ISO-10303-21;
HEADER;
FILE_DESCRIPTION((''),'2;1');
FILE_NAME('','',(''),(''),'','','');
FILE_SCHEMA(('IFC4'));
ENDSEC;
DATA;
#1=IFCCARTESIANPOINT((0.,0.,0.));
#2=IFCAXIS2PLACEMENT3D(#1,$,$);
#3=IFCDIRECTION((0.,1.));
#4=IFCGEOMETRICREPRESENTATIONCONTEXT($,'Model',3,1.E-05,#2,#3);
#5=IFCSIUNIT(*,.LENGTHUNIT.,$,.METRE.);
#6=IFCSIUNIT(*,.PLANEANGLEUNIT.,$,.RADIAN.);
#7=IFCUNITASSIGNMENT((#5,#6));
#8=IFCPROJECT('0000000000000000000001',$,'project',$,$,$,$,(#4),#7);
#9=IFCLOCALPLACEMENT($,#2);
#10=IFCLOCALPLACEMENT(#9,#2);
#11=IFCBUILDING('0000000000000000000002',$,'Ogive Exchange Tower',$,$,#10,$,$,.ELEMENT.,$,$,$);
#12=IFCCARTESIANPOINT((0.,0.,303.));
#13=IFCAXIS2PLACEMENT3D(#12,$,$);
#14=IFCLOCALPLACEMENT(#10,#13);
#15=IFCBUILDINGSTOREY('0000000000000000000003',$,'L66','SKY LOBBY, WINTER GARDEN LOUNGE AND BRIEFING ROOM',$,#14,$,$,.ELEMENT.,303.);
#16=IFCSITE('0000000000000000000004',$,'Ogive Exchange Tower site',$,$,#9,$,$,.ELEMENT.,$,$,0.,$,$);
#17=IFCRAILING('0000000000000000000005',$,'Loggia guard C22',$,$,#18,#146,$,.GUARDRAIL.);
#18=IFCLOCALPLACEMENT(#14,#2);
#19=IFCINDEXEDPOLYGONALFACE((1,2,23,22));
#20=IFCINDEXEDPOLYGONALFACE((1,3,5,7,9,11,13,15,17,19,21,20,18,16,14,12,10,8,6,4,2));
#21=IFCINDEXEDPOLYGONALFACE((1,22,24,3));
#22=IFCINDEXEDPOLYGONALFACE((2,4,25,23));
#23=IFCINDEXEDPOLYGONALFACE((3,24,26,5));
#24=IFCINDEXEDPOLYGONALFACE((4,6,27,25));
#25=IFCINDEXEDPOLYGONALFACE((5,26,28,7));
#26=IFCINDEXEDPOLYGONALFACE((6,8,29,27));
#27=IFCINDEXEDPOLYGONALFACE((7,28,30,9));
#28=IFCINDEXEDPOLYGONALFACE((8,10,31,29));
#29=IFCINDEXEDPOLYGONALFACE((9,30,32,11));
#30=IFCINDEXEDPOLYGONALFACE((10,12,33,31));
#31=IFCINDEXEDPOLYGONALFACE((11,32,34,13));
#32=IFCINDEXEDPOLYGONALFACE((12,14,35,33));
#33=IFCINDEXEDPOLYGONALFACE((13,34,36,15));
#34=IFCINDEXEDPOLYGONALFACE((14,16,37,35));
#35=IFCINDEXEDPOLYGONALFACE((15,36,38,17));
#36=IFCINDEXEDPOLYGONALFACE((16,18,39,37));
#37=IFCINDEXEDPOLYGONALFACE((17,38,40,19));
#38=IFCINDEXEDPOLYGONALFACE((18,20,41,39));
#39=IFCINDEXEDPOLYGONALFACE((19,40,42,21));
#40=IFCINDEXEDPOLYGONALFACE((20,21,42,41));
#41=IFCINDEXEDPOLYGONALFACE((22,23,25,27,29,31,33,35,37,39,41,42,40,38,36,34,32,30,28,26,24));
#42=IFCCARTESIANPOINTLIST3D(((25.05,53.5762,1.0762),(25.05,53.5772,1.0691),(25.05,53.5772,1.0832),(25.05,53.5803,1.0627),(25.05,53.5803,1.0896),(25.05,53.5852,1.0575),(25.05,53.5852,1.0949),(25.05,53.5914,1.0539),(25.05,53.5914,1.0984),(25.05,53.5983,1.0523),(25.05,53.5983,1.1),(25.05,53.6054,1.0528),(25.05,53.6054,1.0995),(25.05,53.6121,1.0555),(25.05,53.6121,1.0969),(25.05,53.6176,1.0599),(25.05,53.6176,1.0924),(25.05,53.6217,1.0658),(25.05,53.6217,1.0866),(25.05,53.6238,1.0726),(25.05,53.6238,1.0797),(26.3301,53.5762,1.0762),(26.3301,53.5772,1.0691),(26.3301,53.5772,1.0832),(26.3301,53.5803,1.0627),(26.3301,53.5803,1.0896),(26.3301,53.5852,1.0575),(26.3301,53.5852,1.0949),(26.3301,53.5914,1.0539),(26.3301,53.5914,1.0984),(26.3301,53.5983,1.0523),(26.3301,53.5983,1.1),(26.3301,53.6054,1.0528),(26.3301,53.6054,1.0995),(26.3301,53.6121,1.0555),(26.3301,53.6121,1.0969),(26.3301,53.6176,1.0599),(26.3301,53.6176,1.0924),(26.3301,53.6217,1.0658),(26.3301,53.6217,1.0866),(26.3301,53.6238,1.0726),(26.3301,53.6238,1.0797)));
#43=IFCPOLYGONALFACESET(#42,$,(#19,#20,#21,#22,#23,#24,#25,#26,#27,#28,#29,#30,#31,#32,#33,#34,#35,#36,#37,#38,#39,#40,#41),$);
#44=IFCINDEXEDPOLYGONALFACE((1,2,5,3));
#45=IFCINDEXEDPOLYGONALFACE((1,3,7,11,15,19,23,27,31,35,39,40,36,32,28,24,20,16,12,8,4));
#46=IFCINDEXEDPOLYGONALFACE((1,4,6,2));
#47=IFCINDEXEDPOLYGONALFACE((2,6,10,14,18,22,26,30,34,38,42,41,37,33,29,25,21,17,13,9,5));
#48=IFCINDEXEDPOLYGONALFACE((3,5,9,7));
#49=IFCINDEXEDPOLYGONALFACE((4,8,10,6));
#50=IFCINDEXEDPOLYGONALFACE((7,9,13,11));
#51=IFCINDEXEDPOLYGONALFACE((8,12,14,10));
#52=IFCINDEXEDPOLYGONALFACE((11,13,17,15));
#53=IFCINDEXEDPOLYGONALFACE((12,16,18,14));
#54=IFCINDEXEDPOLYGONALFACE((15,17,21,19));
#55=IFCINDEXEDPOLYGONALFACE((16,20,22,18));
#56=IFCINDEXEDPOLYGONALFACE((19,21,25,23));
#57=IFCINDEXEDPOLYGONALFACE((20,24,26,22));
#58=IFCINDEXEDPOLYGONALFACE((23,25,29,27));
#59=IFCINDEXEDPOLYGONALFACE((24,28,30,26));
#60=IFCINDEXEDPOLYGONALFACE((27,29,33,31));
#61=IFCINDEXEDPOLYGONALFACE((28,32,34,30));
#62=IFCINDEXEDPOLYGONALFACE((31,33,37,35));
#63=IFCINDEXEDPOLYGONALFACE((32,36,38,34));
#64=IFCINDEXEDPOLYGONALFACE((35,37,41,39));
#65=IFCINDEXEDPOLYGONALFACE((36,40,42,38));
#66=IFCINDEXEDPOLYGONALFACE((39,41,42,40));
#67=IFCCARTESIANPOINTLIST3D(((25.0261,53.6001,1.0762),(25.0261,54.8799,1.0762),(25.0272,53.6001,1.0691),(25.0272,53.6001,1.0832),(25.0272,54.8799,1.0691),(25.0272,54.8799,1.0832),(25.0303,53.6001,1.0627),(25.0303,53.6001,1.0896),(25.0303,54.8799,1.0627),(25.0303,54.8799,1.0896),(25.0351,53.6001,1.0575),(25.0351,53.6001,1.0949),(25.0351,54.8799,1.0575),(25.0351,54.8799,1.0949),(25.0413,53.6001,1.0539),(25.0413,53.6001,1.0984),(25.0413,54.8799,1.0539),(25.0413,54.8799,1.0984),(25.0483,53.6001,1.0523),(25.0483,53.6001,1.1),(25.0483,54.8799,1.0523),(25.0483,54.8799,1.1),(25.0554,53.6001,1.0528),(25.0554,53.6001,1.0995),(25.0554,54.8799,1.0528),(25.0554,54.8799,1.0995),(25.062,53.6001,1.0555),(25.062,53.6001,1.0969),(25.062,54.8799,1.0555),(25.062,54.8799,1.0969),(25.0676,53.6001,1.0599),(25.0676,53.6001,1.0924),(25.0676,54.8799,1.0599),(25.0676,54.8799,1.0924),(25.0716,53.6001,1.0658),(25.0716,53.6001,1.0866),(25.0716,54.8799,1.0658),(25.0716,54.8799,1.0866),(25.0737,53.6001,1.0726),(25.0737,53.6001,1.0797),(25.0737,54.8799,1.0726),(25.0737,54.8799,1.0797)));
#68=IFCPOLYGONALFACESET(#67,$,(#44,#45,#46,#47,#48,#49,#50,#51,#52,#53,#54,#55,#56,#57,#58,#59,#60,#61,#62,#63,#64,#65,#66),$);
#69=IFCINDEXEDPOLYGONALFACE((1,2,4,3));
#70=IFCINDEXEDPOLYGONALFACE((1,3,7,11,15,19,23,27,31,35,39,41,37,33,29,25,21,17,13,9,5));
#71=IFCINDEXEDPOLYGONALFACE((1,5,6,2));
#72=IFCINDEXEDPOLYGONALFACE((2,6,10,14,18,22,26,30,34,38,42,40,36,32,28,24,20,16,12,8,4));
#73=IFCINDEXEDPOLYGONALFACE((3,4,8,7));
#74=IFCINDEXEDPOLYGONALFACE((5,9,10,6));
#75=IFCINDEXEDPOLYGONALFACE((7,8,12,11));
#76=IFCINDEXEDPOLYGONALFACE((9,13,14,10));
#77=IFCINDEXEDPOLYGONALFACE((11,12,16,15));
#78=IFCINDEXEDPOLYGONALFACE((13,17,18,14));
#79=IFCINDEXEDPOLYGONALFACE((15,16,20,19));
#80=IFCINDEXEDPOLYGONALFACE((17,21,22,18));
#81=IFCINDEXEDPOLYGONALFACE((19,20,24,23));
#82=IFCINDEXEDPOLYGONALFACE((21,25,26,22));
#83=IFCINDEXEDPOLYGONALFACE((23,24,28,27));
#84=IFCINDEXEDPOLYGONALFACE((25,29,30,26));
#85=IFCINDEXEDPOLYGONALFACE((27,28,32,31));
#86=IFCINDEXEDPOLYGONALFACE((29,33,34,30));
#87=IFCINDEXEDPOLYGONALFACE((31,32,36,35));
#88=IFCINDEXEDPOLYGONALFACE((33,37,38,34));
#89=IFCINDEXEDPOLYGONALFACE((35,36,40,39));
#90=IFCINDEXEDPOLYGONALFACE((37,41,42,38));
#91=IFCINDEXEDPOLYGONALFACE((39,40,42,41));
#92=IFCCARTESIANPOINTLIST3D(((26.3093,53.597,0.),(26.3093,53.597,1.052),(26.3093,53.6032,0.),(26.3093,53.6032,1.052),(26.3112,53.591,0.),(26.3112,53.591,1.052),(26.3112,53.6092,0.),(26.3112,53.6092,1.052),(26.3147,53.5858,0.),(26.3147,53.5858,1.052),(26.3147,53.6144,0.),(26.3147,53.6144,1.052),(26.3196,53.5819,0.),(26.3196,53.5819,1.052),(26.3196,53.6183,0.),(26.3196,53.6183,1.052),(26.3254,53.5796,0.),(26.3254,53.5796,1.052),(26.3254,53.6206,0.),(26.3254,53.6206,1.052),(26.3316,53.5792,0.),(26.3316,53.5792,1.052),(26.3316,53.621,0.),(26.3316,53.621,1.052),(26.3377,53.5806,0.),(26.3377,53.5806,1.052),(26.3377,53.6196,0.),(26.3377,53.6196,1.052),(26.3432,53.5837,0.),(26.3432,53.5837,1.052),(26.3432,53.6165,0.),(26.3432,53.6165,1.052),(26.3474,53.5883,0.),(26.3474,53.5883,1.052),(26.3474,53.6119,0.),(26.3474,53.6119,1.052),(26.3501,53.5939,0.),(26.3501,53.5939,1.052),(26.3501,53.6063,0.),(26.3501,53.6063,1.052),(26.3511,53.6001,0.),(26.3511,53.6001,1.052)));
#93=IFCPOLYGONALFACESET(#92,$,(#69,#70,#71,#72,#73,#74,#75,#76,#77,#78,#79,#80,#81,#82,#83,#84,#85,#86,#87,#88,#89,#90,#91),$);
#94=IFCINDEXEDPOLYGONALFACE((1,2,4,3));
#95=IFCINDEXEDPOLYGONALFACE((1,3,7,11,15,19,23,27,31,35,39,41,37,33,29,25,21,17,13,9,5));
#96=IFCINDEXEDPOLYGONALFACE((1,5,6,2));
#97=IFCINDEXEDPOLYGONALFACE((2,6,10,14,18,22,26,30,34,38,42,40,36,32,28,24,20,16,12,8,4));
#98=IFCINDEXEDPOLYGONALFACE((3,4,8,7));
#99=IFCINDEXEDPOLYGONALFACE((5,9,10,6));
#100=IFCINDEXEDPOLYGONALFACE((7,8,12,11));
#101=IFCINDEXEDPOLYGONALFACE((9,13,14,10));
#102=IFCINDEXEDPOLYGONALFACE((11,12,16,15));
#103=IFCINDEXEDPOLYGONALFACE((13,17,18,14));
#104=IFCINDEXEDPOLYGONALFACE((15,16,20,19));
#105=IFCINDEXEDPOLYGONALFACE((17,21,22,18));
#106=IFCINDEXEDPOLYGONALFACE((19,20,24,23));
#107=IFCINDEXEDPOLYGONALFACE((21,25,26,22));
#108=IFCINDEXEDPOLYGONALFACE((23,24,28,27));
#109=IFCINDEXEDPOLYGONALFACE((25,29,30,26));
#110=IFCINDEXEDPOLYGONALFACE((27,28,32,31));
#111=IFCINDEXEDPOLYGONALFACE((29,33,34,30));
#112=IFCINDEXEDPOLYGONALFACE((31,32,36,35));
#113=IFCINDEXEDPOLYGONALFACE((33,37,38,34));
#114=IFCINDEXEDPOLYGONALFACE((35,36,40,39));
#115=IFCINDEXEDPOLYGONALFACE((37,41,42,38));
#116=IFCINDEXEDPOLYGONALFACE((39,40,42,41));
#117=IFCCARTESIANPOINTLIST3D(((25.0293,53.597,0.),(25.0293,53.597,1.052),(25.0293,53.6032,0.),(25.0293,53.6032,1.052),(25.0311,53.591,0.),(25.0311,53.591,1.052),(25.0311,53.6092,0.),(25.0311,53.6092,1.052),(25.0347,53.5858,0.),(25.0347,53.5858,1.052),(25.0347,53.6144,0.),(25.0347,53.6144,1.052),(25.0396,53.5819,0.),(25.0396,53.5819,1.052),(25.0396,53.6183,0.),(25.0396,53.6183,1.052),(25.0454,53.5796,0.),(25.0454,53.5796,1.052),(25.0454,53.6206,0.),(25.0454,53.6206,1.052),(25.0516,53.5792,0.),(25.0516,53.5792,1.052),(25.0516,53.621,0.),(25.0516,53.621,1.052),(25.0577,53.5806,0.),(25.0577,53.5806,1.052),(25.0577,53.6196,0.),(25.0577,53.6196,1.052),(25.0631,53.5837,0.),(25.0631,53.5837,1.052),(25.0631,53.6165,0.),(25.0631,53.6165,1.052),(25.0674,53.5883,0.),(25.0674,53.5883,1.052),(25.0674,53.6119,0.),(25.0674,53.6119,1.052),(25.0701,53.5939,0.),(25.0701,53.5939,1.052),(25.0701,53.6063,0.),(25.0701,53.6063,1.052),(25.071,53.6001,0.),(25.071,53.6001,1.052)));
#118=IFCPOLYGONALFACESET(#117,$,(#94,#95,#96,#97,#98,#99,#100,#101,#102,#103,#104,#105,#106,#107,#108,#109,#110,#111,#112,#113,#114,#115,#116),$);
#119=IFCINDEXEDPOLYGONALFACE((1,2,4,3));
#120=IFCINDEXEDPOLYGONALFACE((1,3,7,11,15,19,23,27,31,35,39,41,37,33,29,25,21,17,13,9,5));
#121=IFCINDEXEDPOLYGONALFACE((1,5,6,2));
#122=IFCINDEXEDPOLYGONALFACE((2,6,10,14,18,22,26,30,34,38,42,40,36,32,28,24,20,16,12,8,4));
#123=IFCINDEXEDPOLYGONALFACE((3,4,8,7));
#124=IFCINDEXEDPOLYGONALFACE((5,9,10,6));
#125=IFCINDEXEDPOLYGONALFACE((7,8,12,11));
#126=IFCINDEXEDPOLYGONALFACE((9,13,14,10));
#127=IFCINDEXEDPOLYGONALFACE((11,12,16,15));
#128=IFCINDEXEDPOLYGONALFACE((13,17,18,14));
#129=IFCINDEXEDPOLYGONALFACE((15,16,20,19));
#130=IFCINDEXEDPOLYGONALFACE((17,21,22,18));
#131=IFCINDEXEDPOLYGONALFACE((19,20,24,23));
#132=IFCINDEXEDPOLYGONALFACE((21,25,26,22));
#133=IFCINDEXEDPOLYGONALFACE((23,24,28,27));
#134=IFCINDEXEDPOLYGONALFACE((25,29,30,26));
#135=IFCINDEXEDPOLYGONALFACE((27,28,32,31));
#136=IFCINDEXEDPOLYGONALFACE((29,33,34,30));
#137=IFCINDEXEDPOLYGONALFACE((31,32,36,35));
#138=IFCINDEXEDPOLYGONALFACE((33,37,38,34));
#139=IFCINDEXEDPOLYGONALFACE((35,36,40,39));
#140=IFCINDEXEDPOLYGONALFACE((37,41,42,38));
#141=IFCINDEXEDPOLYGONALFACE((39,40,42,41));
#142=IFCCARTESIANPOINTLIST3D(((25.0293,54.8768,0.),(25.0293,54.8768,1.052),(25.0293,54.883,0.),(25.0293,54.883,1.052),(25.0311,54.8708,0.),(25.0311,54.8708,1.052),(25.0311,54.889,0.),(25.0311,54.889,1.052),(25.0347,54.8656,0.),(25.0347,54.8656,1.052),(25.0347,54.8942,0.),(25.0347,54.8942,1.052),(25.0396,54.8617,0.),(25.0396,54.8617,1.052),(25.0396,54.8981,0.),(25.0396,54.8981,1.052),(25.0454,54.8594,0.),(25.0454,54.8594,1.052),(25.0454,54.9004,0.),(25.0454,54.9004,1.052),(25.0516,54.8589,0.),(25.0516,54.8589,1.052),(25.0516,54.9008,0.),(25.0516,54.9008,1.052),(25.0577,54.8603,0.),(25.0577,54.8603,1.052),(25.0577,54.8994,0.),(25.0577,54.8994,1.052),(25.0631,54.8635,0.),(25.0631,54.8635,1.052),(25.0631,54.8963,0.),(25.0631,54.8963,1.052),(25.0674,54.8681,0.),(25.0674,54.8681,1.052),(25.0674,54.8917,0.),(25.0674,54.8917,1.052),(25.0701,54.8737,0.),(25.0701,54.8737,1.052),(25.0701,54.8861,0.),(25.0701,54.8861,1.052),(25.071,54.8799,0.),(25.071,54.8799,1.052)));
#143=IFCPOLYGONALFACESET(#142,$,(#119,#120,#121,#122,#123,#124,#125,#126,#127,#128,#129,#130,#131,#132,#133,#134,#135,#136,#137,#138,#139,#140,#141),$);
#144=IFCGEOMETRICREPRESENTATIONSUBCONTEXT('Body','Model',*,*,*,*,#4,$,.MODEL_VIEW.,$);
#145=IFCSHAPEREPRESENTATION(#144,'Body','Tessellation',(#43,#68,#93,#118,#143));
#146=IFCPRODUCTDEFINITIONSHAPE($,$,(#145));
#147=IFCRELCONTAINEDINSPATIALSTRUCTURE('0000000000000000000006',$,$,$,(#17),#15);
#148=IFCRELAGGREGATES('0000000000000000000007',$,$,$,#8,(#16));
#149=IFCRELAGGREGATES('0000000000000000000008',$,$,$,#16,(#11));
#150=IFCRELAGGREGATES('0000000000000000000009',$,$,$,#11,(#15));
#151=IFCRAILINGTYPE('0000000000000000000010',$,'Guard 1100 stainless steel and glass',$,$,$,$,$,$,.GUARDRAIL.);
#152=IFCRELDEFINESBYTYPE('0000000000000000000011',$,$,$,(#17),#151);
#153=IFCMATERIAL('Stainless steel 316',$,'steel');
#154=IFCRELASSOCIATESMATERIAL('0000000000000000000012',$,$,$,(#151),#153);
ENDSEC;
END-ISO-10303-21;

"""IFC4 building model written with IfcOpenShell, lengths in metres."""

from ifc_helpers import new_model, si_unit, direction, frame, origin, origin_2d, place, context, subcontext, project, spatial, circle, extrude, material, type_object, element, save


model = new_model("IFC4")

# Units and contexts
model_context = context("Model", 3, precision=1e-05, world=origin(), true_north=direction((0.0, 1.0)))
body_context = subcontext(model_context, "Body", "Model", "MODEL_VIEW")
ifc_project = project(units=[si_unit("LENGTHUNIT", "METRE"), si_unit("PLANEANGLEUNIT", "RADIAN")], contexts=[model_context])

# Site, building, storey
site_placement = place(None, origin())
site = spatial("IfcSite", under=ifc_project, at=site_placement, Name="Ogive Exchange Tower site", CompositionType="ELEMENT", RefElevation=0.0)
building_placement = place(site_placement, origin())
building = spatial("IfcBuilding", under=site, at=building_placement, Name="Ogive Exchange Tower", CompositionType="ELEMENT")
storey_placement = place(building_placement, frame((0.0, 0.0, 303.0)))
storey = spatial("IfcBuildingStorey", under=building, at=storey_placement, Name="L66", Description="SKY LOBBY, WINTER GARDEN LOUNGE AND BRIEFING ROOM", CompositionType="ELEMENT", Elevation=303.0)

# Railing
ifc_material_1 = material(Name="Stainless steel 316", Category="steel")
railing_type_1 = type_object("IfcRailingType", Name="Guard 1100 stainless steel and glass", PredefinedType="GUARDRAIL", material=ifc_material_1)
railing_1_placement = place(storey_placement, frame((26.3301, 53.6001, 0.0)))
element("IfcRailing", 1, at=railing_1_placement, inside=storey, type_object=railing_type_1, Name="Loggia guard C22", PredefinedType="GUARDRAIL", context=body_context, shape_type="SweptSolid", body=[
    extrude(circle(Radius=0.0239, at=origin_2d()), frame((0.0, 0.0, 1.0762), z_axis=(-1.0, 0.0, 0.0), x_axis=(0.0, -1.0, 0.0)), (0.0, 0.0, 1.0), 1.28),
    extrude(circle(Radius=0.0239, at=origin_2d()), frame((-1.28, 0.0, 1.0762), z_axis=(0.0, 1.0, 0.0), x_axis=(-1.0, 0.0, 0.0)), (0.0, 0.0, 1.0), 1.2798),
    extrude(circle(Radius=0.021, at=origin_2d()), origin(), (0.0, 0.0, 1.0), 1.052),
    extrude(circle(Radius=0.021, at=origin_2d()), frame((-1.28, 0.0, 0.0)), (0.0, 0.0, 1.0), 1.052),
    extrude(circle(Radius=0.021, at=origin_2d()), frame((-1.28, 1.2798, 0.0)), (0.0, 0.0, 1.0), 1.052),
])

save(model, "model.ifc")
